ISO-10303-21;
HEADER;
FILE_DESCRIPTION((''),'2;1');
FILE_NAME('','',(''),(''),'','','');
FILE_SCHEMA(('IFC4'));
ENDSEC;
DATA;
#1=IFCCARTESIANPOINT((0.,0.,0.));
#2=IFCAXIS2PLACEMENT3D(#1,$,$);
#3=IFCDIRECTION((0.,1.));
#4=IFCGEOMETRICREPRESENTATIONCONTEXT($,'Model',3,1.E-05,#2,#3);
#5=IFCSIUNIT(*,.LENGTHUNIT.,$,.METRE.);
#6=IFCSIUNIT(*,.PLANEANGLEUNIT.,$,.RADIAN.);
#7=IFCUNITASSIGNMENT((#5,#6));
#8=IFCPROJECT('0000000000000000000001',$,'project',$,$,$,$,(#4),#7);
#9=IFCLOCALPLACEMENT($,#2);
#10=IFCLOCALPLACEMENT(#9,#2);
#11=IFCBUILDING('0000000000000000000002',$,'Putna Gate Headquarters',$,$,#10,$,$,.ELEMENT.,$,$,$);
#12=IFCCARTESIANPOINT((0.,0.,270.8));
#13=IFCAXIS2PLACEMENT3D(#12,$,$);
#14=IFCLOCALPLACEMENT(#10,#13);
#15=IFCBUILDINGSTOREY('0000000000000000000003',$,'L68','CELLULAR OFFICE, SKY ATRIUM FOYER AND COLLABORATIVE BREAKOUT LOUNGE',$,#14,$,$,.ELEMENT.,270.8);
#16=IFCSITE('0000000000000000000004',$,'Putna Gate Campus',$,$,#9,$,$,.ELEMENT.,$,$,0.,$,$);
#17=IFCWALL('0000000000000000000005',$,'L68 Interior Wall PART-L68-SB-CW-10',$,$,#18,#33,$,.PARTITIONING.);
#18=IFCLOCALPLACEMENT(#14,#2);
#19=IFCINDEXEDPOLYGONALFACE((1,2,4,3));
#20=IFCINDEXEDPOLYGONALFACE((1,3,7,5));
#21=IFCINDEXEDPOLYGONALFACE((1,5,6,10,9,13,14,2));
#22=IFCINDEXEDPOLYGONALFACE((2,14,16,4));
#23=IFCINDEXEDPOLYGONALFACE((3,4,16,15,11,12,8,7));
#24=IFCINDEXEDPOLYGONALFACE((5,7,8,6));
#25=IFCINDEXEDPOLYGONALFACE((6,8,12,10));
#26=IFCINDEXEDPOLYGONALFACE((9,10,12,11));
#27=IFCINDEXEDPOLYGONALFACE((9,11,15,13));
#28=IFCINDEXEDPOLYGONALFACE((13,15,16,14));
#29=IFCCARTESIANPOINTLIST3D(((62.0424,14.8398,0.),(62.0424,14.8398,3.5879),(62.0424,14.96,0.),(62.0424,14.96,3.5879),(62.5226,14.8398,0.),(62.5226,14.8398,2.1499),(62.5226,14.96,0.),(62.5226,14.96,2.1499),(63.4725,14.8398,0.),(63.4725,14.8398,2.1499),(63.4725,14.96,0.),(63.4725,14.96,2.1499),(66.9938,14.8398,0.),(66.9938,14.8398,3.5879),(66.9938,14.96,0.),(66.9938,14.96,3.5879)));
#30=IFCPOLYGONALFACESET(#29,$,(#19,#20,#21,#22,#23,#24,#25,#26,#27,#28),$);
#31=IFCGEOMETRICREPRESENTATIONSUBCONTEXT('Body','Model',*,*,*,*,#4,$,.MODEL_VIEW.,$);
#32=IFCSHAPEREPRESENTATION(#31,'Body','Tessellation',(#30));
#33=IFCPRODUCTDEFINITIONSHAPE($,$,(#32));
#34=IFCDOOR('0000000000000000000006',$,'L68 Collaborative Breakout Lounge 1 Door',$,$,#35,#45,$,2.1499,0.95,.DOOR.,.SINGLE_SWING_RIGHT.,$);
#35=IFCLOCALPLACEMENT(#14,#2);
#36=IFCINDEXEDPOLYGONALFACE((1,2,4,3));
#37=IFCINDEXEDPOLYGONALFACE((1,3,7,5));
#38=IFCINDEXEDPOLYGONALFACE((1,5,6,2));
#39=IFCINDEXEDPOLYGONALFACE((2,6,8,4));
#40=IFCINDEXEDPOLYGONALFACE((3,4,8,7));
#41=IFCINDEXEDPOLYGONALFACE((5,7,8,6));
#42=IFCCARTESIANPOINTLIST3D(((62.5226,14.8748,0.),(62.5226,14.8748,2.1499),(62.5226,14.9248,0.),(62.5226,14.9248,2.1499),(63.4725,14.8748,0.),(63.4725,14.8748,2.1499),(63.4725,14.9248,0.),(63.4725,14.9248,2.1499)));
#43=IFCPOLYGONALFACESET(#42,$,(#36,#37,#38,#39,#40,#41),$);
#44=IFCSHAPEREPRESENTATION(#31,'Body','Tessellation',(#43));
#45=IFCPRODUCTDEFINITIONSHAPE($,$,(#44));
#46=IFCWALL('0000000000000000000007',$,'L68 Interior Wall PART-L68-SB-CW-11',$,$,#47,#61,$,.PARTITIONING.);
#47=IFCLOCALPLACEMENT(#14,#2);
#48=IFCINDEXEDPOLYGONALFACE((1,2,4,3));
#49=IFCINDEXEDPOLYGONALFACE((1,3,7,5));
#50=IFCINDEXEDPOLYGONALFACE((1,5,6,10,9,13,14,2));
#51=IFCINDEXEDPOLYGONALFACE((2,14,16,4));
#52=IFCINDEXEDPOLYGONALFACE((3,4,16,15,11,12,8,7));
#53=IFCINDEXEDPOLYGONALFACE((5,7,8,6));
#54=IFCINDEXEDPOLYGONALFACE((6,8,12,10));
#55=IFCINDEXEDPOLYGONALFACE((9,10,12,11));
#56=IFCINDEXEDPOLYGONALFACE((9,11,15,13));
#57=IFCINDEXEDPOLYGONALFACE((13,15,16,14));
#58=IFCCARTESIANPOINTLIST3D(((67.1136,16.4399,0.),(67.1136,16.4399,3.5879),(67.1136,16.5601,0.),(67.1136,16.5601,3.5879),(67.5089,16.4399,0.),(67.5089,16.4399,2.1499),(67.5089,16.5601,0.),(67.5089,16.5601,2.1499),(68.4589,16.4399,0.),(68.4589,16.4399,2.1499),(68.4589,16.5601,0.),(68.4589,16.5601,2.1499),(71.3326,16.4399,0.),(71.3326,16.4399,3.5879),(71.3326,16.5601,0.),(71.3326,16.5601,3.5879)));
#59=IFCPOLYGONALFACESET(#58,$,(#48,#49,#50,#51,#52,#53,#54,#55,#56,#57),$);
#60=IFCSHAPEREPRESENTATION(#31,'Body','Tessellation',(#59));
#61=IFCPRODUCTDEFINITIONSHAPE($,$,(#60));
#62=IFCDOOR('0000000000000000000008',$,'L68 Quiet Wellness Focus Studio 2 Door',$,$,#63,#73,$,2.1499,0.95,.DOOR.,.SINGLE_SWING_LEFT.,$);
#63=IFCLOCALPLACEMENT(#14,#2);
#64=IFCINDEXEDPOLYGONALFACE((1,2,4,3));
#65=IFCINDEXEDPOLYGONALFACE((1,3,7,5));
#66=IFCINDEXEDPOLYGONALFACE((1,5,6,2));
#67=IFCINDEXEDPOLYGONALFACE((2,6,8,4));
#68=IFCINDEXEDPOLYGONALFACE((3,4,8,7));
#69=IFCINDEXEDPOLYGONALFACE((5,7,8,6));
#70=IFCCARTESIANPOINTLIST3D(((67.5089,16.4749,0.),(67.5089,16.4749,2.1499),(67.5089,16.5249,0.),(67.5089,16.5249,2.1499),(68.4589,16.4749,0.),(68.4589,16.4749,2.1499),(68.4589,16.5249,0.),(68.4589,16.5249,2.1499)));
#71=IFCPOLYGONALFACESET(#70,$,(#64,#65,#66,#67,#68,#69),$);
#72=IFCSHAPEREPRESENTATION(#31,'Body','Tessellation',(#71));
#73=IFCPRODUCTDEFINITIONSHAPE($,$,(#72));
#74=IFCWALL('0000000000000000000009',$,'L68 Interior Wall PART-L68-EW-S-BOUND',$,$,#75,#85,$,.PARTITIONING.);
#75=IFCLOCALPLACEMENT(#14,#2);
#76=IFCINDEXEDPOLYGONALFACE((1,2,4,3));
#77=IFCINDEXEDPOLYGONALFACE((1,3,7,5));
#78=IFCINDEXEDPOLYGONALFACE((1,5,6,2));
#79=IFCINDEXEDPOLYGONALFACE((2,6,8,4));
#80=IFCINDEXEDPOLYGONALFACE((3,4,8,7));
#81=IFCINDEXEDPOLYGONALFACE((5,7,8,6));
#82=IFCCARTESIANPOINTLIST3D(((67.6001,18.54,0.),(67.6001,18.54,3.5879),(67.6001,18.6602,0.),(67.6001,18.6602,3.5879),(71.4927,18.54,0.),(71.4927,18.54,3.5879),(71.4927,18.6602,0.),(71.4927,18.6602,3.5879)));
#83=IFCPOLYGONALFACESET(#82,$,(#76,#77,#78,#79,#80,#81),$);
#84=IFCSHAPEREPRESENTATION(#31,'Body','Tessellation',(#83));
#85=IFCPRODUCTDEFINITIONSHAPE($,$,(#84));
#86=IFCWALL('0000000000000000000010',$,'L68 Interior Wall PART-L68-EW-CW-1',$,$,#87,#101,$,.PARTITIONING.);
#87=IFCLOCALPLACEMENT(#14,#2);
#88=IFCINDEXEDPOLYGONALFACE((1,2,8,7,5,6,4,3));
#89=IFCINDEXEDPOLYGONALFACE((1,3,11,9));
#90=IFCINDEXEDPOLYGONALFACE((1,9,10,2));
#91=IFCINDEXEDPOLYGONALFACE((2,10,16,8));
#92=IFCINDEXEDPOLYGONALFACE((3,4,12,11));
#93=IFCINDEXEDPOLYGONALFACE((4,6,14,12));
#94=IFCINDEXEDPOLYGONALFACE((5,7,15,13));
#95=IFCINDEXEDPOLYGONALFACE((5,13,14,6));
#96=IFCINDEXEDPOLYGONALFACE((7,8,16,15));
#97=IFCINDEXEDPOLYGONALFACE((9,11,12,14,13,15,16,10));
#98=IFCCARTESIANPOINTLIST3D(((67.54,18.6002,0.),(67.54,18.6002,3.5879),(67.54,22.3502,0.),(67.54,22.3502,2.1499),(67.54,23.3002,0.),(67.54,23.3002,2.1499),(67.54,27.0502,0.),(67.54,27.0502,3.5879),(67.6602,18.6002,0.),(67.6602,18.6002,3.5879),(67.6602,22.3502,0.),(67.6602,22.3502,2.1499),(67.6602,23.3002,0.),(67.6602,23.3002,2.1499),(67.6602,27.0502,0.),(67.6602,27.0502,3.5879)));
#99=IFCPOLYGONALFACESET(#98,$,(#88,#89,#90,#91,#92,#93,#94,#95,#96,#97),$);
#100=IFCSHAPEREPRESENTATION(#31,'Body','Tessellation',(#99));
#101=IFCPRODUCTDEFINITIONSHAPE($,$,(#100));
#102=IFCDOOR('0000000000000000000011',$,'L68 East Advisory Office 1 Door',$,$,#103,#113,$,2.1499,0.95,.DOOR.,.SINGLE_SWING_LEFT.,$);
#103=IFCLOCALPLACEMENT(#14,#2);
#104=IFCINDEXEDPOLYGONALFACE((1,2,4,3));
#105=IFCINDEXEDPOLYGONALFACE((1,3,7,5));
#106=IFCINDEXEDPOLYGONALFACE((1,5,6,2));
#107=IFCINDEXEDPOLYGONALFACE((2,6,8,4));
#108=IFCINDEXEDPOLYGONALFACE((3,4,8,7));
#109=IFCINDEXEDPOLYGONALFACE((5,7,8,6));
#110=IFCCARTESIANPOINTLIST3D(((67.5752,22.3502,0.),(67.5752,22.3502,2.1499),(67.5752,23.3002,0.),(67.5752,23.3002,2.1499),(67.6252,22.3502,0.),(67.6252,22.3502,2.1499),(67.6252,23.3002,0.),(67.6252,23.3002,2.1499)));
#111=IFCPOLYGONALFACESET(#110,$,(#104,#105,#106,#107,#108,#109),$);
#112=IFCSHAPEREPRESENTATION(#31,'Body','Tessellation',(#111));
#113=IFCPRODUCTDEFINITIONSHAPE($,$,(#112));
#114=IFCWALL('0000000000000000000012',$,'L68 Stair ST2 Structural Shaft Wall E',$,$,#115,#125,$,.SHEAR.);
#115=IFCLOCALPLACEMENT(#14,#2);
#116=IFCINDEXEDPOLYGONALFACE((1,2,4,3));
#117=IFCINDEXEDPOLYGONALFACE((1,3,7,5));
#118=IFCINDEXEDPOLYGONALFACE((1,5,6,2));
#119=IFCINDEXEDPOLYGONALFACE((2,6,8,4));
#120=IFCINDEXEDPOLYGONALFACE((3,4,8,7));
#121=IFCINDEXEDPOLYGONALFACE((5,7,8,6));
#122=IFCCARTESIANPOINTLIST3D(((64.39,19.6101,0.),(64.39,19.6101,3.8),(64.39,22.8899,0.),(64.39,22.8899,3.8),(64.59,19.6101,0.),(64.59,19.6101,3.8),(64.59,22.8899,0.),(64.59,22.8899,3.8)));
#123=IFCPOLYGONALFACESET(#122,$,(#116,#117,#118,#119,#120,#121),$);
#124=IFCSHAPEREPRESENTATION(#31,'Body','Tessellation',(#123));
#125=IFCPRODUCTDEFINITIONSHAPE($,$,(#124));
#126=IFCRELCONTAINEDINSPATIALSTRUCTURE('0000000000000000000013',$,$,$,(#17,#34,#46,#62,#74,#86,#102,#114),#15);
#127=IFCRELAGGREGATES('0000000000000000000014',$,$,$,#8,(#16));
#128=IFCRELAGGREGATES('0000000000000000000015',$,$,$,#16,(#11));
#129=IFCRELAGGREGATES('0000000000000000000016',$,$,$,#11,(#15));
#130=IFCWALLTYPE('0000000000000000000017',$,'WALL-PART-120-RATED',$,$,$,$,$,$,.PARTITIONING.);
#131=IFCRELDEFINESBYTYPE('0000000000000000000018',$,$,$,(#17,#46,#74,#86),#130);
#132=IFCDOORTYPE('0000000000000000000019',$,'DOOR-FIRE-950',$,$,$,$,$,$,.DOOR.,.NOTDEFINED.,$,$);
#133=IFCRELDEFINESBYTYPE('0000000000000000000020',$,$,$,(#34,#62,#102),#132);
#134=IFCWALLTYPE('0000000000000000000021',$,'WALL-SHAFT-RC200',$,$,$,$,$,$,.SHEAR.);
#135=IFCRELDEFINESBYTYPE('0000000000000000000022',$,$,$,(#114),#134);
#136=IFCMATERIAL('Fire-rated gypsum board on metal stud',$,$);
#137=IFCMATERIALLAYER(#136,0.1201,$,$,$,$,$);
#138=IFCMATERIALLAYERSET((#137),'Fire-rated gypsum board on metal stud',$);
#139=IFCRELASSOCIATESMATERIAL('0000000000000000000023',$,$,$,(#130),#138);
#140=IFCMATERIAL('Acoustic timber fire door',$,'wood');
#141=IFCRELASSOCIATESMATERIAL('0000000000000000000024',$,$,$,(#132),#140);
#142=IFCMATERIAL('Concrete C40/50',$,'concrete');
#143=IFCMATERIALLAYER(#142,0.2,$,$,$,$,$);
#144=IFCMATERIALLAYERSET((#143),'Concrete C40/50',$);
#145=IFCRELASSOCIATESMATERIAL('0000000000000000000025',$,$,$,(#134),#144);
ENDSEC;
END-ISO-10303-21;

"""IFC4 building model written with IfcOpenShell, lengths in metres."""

from ifc_helpers import new_model, si_unit, direction, frame, frame_2d, origin, place, context, subcontext, project, spatial, rectangle, extrude, material, layer, layer_set, type_object, element, fill, save


model = new_model("IFC4")

# Units and contexts
model_context = context("Model", 3, precision=1e-05, world=origin(), true_north=direction((0.0, 1.0)))
body_context = subcontext(model_context, "Body", "Model", "MODEL_VIEW")
ifc_project = project(units=[si_unit("LENGTHUNIT", "METRE"), si_unit("PLANEANGLEUNIT", "RADIAN")], contexts=[model_context])

# Site, building, storey
site_placement = place(None, origin())
site = spatial("IfcSite", under=ifc_project, at=site_placement, Name="Putna Gate Campus", CompositionType="ELEMENT", RefElevation=0.0)
building_placement = place(site_placement, origin())
building = spatial("IfcBuilding", under=site, at=building_placement, Name="Putna Gate Headquarters", CompositionType="ELEMENT")
storey_placement = place(building_placement, frame((0.0, 0.0, 270.8)))
storey = spatial("IfcBuildingStorey", under=building, at=storey_placement, Name="L68", Description="CELLULAR OFFICE, SKY ATRIUM FOYER AND COLLABORATIVE BREAKOUT LOUNGE", CompositionType="ELEMENT", Elevation=270.8)

# Shared definitions
ifc_material_1 = material(Name="Fire-rated gypsum board on metal stud")
ifc_layer_1 = layer(ifc_material_1, 0.1201)
ifc_layer_set_1 = layer_set([ifc_layer_1], Name="Fire-rated gypsum board on metal stud")
wall_type_1 = type_object("IfcWallType", Name="WALL-PART-120-RATED", PredefinedType="PARTITIONING", material=ifc_layer_set_1)

# Walls, openings, doors
wall_1_placement = place(storey_placement, frame((62.0425, 14.8999, 0.0), z_axis=(0.0, 0.0, 1.0), x_axis=(1.0, 0.0, 0.0)))
wall_1 = element("IfcWall", 1, at=wall_1_placement, inside=storey, type_object=wall_type_1, Name="L68 Interior Wall PART-L68-SB-CW-10", PredefinedType="PARTITIONING", context=body_context, shape_type="SweptSolid", body=[
    extrude(rectangle(XDim=4.9514, YDim=0.1201, at=frame_2d((2.4756, 0.0))), origin(), (0.0, 0.0, 1.0), 3.5879),
])
opening_1_placement = place(wall_1_placement, frame((0.48, 0.0, 0.0)))
opening_1 = element("IfcOpeningElement", 2, at=opening_1_placement, cuts=wall_1, PredefinedType="OPENING", context=body_context, shape_type="SweptSolid", body=[
    extrude(rectangle(XDim=0.95, YDim=2.1499, at=frame_2d((0.4751, 1.075))), frame((0.0, 0.0701, 0.0), z_axis=(0.0, -1.0, 0.0), x_axis=(1.0, 0.0, 0.0)), (0.0, 0.0, 1.0), 0.1401),
])
ifc_material_2 = material(Name="Acoustic timber fire door", Category="wood")
door_type_1 = type_object("IfcDoorType", Name="DOOR-FIRE-950", OperationType="NOTDEFINED", PredefinedType="DOOR", material=ifc_material_2)
door_1_placement = place(opening_1_placement, origin())
door_1 = element("IfcDoor", 3, at=door_1_placement, inside=storey, type_object=door_type_1, Name="L68 Collaborative Breakout Lounge 1 Door", OperationType="SINGLE_SWING_RIGHT", OverallHeight=2.1499, OverallWidth=0.95, PredefinedType="DOOR", context=body_context, shape_type="SweptSolid", body=[
    extrude(rectangle(XDim=0.95, YDim=2.1499, at=frame_2d((0.4751, 1.075))), frame((0.0, 0.0249, 0.0), z_axis=(0.0, -1.0, 0.0), x_axis=(1.0, 0.0, 0.0)), (0.0, 0.0, 1.0), 0.05),
])
fill(opening_1, door_1)
wall_2_placement = place(storey_placement, frame((67.1138, 16.5, 0.0), z_axis=(0.0, 0.0, 1.0), x_axis=(1.0, 0.0, 0.0)))
wall_2 = element("IfcWall", 4, at=wall_2_placement, inside=storey, type_object=wall_type_1, Name="L68 Interior Wall PART-L68-SB-CW-11", PredefinedType="PARTITIONING", context=body_context, shape_type="SweptSolid", body=[
    extrude(rectangle(XDim=4.219, YDim=0.1201, at=frame_2d((2.1094, 0.0))), origin(), (0.0, 0.0, 1.0), 3.5879),
])
opening_2_placement = place(wall_2_placement, frame((0.395, 0.0, 0.0)))
opening_2 = element("IfcOpeningElement", 5, at=opening_2_placement, cuts=wall_2, PredefinedType="OPENING", context=body_context, shape_type="SweptSolid", body=[
    extrude(rectangle(XDim=0.95, YDim=2.1499, at=frame_2d((0.4751, 1.075))), frame((0.0, 0.0701, 0.0), z_axis=(0.0, -1.0, 0.0), x_axis=(1.0, 0.0, 0.0)), (0.0, 0.0, 1.0), 0.1401),
])
door_2_placement = place(opening_2_placement, origin())
door_2 = element("IfcDoor", 6, at=door_2_placement, inside=storey, type_object=door_type_1, Name="L68 Quiet Wellness Focus Studio 2 Door", OperationType="SINGLE_SWING_LEFT", OverallHeight=2.1499, OverallWidth=0.95, PredefinedType="DOOR", context=body_context, shape_type="SweptSolid", body=[
    extrude(rectangle(XDim=0.95, YDim=2.1499, at=frame_2d((0.4751, 1.075))), frame((0.0, 0.0249, 0.0), z_axis=(0.0, -1.0, 0.0), x_axis=(1.0, 0.0, 0.0)), (0.0, 0.0, 1.0), 0.05),
])
fill(opening_2, door_2)

# Wall
wall_3_placement = place(storey_placement, frame((67.6001, 18.6001, 0.0), z_axis=(0.0, 0.0, 1.0), x_axis=(1.0, 0.0, 0.0)))
element("IfcWall", 7, at=wall_3_placement, inside=storey, type_object=wall_type_1, Name="L68 Interior Wall PART-L68-EW-S-BOUND", PredefinedType="PARTITIONING", context=body_context, shape_type="SweptSolid", body=[
    extrude(rectangle(XDim=3.8926, YDim=0.1201, at=frame_2d((1.9463, 0.0))), origin(), (0.0, 0.0, 1.0), 3.5879),
])

# Wall, opening, door
wall_4_placement = place(storey_placement, frame((67.6001, 18.6001, 0.0), z_axis=(0.0, 0.0, 1.0), x_axis=(0.0, 1.0, 0.0)))
wall_4 = element("IfcWall", 8, at=wall_4_placement, inside=storey, type_object=wall_type_1, Name="L68 Interior Wall PART-L68-EW-CW-1", PredefinedType="PARTITIONING", context=body_context, shape_type="SweptSolid", body=[
    extrude(rectangle(XDim=8.45, YDim=0.1201, at=frame_2d((4.2251, 0.0))), origin(), (0.0, 0.0, 1.0), 3.5879),
])
opening_3_placement = place(wall_4_placement, frame((3.75, 0.0, 0.0)))
opening_3 = element("IfcOpeningElement", 9, at=opening_3_placement, cuts=wall_4, PredefinedType="OPENING", context=body_context, shape_type="SweptSolid", body=[
    extrude(rectangle(XDim=0.95, YDim=2.1499, at=frame_2d((0.4751, 1.075))), frame((0.0, 0.0701, 0.0), z_axis=(0.0, -1.0, 0.0), x_axis=(1.0, 0.0, 0.0)), (0.0, 0.0, 1.0), 0.1401),
])
door_3_placement = place(opening_3_placement, origin())
door_3 = element("IfcDoor", 10, at=door_3_placement, inside=storey, type_object=door_type_1, Name="L68 East Advisory Office 1 Door", OperationType="SINGLE_SWING_LEFT", OverallHeight=2.1499, OverallWidth=0.95, PredefinedType="DOOR", context=body_context, shape_type="SweptSolid", body=[
    extrude(rectangle(XDim=0.95, YDim=2.1499, at=frame_2d((0.4751, 1.075))), frame((0.0, 0.0249, 0.0), z_axis=(0.0, -1.0, 0.0), x_axis=(1.0, 0.0, 0.0)), (0.0, 0.0, 1.0), 0.05),
])
fill(opening_3, door_3)

# Wall
ifc_material_3 = material(Name="Concrete C40/50", Category="concrete")
ifc_layer_2 = layer(ifc_material_3, 0.2)
ifc_layer_set_2 = layer_set([ifc_layer_2], Name="Concrete C40/50")
wall_type_2 = type_object("IfcWallType", Name="WALL-SHAFT-RC200", PredefinedType="SHEAR", material=ifc_layer_set_2)
wall_5_placement = place(storey_placement, frame((64.49, 19.6101, 0.0), z_axis=(0.0, 0.0, 1.0), x_axis=(0.0, 1.0, 0.0)))
element("IfcWall", 11, at=wall_5_placement, inside=storey, type_object=wall_type_2, Name="L68 Stair ST2 Structural Shaft Wall E", PredefinedType="SHEAR", context=body_context, shape_type="SweptSolid", body=[
    extrude(rectangle(XDim=3.2798, YDim=0.2, at=frame_2d((1.6399, 0.0))), origin(), (0.0, 0.0, 1.0), 3.8),
])

save(model, "model.ifc")
